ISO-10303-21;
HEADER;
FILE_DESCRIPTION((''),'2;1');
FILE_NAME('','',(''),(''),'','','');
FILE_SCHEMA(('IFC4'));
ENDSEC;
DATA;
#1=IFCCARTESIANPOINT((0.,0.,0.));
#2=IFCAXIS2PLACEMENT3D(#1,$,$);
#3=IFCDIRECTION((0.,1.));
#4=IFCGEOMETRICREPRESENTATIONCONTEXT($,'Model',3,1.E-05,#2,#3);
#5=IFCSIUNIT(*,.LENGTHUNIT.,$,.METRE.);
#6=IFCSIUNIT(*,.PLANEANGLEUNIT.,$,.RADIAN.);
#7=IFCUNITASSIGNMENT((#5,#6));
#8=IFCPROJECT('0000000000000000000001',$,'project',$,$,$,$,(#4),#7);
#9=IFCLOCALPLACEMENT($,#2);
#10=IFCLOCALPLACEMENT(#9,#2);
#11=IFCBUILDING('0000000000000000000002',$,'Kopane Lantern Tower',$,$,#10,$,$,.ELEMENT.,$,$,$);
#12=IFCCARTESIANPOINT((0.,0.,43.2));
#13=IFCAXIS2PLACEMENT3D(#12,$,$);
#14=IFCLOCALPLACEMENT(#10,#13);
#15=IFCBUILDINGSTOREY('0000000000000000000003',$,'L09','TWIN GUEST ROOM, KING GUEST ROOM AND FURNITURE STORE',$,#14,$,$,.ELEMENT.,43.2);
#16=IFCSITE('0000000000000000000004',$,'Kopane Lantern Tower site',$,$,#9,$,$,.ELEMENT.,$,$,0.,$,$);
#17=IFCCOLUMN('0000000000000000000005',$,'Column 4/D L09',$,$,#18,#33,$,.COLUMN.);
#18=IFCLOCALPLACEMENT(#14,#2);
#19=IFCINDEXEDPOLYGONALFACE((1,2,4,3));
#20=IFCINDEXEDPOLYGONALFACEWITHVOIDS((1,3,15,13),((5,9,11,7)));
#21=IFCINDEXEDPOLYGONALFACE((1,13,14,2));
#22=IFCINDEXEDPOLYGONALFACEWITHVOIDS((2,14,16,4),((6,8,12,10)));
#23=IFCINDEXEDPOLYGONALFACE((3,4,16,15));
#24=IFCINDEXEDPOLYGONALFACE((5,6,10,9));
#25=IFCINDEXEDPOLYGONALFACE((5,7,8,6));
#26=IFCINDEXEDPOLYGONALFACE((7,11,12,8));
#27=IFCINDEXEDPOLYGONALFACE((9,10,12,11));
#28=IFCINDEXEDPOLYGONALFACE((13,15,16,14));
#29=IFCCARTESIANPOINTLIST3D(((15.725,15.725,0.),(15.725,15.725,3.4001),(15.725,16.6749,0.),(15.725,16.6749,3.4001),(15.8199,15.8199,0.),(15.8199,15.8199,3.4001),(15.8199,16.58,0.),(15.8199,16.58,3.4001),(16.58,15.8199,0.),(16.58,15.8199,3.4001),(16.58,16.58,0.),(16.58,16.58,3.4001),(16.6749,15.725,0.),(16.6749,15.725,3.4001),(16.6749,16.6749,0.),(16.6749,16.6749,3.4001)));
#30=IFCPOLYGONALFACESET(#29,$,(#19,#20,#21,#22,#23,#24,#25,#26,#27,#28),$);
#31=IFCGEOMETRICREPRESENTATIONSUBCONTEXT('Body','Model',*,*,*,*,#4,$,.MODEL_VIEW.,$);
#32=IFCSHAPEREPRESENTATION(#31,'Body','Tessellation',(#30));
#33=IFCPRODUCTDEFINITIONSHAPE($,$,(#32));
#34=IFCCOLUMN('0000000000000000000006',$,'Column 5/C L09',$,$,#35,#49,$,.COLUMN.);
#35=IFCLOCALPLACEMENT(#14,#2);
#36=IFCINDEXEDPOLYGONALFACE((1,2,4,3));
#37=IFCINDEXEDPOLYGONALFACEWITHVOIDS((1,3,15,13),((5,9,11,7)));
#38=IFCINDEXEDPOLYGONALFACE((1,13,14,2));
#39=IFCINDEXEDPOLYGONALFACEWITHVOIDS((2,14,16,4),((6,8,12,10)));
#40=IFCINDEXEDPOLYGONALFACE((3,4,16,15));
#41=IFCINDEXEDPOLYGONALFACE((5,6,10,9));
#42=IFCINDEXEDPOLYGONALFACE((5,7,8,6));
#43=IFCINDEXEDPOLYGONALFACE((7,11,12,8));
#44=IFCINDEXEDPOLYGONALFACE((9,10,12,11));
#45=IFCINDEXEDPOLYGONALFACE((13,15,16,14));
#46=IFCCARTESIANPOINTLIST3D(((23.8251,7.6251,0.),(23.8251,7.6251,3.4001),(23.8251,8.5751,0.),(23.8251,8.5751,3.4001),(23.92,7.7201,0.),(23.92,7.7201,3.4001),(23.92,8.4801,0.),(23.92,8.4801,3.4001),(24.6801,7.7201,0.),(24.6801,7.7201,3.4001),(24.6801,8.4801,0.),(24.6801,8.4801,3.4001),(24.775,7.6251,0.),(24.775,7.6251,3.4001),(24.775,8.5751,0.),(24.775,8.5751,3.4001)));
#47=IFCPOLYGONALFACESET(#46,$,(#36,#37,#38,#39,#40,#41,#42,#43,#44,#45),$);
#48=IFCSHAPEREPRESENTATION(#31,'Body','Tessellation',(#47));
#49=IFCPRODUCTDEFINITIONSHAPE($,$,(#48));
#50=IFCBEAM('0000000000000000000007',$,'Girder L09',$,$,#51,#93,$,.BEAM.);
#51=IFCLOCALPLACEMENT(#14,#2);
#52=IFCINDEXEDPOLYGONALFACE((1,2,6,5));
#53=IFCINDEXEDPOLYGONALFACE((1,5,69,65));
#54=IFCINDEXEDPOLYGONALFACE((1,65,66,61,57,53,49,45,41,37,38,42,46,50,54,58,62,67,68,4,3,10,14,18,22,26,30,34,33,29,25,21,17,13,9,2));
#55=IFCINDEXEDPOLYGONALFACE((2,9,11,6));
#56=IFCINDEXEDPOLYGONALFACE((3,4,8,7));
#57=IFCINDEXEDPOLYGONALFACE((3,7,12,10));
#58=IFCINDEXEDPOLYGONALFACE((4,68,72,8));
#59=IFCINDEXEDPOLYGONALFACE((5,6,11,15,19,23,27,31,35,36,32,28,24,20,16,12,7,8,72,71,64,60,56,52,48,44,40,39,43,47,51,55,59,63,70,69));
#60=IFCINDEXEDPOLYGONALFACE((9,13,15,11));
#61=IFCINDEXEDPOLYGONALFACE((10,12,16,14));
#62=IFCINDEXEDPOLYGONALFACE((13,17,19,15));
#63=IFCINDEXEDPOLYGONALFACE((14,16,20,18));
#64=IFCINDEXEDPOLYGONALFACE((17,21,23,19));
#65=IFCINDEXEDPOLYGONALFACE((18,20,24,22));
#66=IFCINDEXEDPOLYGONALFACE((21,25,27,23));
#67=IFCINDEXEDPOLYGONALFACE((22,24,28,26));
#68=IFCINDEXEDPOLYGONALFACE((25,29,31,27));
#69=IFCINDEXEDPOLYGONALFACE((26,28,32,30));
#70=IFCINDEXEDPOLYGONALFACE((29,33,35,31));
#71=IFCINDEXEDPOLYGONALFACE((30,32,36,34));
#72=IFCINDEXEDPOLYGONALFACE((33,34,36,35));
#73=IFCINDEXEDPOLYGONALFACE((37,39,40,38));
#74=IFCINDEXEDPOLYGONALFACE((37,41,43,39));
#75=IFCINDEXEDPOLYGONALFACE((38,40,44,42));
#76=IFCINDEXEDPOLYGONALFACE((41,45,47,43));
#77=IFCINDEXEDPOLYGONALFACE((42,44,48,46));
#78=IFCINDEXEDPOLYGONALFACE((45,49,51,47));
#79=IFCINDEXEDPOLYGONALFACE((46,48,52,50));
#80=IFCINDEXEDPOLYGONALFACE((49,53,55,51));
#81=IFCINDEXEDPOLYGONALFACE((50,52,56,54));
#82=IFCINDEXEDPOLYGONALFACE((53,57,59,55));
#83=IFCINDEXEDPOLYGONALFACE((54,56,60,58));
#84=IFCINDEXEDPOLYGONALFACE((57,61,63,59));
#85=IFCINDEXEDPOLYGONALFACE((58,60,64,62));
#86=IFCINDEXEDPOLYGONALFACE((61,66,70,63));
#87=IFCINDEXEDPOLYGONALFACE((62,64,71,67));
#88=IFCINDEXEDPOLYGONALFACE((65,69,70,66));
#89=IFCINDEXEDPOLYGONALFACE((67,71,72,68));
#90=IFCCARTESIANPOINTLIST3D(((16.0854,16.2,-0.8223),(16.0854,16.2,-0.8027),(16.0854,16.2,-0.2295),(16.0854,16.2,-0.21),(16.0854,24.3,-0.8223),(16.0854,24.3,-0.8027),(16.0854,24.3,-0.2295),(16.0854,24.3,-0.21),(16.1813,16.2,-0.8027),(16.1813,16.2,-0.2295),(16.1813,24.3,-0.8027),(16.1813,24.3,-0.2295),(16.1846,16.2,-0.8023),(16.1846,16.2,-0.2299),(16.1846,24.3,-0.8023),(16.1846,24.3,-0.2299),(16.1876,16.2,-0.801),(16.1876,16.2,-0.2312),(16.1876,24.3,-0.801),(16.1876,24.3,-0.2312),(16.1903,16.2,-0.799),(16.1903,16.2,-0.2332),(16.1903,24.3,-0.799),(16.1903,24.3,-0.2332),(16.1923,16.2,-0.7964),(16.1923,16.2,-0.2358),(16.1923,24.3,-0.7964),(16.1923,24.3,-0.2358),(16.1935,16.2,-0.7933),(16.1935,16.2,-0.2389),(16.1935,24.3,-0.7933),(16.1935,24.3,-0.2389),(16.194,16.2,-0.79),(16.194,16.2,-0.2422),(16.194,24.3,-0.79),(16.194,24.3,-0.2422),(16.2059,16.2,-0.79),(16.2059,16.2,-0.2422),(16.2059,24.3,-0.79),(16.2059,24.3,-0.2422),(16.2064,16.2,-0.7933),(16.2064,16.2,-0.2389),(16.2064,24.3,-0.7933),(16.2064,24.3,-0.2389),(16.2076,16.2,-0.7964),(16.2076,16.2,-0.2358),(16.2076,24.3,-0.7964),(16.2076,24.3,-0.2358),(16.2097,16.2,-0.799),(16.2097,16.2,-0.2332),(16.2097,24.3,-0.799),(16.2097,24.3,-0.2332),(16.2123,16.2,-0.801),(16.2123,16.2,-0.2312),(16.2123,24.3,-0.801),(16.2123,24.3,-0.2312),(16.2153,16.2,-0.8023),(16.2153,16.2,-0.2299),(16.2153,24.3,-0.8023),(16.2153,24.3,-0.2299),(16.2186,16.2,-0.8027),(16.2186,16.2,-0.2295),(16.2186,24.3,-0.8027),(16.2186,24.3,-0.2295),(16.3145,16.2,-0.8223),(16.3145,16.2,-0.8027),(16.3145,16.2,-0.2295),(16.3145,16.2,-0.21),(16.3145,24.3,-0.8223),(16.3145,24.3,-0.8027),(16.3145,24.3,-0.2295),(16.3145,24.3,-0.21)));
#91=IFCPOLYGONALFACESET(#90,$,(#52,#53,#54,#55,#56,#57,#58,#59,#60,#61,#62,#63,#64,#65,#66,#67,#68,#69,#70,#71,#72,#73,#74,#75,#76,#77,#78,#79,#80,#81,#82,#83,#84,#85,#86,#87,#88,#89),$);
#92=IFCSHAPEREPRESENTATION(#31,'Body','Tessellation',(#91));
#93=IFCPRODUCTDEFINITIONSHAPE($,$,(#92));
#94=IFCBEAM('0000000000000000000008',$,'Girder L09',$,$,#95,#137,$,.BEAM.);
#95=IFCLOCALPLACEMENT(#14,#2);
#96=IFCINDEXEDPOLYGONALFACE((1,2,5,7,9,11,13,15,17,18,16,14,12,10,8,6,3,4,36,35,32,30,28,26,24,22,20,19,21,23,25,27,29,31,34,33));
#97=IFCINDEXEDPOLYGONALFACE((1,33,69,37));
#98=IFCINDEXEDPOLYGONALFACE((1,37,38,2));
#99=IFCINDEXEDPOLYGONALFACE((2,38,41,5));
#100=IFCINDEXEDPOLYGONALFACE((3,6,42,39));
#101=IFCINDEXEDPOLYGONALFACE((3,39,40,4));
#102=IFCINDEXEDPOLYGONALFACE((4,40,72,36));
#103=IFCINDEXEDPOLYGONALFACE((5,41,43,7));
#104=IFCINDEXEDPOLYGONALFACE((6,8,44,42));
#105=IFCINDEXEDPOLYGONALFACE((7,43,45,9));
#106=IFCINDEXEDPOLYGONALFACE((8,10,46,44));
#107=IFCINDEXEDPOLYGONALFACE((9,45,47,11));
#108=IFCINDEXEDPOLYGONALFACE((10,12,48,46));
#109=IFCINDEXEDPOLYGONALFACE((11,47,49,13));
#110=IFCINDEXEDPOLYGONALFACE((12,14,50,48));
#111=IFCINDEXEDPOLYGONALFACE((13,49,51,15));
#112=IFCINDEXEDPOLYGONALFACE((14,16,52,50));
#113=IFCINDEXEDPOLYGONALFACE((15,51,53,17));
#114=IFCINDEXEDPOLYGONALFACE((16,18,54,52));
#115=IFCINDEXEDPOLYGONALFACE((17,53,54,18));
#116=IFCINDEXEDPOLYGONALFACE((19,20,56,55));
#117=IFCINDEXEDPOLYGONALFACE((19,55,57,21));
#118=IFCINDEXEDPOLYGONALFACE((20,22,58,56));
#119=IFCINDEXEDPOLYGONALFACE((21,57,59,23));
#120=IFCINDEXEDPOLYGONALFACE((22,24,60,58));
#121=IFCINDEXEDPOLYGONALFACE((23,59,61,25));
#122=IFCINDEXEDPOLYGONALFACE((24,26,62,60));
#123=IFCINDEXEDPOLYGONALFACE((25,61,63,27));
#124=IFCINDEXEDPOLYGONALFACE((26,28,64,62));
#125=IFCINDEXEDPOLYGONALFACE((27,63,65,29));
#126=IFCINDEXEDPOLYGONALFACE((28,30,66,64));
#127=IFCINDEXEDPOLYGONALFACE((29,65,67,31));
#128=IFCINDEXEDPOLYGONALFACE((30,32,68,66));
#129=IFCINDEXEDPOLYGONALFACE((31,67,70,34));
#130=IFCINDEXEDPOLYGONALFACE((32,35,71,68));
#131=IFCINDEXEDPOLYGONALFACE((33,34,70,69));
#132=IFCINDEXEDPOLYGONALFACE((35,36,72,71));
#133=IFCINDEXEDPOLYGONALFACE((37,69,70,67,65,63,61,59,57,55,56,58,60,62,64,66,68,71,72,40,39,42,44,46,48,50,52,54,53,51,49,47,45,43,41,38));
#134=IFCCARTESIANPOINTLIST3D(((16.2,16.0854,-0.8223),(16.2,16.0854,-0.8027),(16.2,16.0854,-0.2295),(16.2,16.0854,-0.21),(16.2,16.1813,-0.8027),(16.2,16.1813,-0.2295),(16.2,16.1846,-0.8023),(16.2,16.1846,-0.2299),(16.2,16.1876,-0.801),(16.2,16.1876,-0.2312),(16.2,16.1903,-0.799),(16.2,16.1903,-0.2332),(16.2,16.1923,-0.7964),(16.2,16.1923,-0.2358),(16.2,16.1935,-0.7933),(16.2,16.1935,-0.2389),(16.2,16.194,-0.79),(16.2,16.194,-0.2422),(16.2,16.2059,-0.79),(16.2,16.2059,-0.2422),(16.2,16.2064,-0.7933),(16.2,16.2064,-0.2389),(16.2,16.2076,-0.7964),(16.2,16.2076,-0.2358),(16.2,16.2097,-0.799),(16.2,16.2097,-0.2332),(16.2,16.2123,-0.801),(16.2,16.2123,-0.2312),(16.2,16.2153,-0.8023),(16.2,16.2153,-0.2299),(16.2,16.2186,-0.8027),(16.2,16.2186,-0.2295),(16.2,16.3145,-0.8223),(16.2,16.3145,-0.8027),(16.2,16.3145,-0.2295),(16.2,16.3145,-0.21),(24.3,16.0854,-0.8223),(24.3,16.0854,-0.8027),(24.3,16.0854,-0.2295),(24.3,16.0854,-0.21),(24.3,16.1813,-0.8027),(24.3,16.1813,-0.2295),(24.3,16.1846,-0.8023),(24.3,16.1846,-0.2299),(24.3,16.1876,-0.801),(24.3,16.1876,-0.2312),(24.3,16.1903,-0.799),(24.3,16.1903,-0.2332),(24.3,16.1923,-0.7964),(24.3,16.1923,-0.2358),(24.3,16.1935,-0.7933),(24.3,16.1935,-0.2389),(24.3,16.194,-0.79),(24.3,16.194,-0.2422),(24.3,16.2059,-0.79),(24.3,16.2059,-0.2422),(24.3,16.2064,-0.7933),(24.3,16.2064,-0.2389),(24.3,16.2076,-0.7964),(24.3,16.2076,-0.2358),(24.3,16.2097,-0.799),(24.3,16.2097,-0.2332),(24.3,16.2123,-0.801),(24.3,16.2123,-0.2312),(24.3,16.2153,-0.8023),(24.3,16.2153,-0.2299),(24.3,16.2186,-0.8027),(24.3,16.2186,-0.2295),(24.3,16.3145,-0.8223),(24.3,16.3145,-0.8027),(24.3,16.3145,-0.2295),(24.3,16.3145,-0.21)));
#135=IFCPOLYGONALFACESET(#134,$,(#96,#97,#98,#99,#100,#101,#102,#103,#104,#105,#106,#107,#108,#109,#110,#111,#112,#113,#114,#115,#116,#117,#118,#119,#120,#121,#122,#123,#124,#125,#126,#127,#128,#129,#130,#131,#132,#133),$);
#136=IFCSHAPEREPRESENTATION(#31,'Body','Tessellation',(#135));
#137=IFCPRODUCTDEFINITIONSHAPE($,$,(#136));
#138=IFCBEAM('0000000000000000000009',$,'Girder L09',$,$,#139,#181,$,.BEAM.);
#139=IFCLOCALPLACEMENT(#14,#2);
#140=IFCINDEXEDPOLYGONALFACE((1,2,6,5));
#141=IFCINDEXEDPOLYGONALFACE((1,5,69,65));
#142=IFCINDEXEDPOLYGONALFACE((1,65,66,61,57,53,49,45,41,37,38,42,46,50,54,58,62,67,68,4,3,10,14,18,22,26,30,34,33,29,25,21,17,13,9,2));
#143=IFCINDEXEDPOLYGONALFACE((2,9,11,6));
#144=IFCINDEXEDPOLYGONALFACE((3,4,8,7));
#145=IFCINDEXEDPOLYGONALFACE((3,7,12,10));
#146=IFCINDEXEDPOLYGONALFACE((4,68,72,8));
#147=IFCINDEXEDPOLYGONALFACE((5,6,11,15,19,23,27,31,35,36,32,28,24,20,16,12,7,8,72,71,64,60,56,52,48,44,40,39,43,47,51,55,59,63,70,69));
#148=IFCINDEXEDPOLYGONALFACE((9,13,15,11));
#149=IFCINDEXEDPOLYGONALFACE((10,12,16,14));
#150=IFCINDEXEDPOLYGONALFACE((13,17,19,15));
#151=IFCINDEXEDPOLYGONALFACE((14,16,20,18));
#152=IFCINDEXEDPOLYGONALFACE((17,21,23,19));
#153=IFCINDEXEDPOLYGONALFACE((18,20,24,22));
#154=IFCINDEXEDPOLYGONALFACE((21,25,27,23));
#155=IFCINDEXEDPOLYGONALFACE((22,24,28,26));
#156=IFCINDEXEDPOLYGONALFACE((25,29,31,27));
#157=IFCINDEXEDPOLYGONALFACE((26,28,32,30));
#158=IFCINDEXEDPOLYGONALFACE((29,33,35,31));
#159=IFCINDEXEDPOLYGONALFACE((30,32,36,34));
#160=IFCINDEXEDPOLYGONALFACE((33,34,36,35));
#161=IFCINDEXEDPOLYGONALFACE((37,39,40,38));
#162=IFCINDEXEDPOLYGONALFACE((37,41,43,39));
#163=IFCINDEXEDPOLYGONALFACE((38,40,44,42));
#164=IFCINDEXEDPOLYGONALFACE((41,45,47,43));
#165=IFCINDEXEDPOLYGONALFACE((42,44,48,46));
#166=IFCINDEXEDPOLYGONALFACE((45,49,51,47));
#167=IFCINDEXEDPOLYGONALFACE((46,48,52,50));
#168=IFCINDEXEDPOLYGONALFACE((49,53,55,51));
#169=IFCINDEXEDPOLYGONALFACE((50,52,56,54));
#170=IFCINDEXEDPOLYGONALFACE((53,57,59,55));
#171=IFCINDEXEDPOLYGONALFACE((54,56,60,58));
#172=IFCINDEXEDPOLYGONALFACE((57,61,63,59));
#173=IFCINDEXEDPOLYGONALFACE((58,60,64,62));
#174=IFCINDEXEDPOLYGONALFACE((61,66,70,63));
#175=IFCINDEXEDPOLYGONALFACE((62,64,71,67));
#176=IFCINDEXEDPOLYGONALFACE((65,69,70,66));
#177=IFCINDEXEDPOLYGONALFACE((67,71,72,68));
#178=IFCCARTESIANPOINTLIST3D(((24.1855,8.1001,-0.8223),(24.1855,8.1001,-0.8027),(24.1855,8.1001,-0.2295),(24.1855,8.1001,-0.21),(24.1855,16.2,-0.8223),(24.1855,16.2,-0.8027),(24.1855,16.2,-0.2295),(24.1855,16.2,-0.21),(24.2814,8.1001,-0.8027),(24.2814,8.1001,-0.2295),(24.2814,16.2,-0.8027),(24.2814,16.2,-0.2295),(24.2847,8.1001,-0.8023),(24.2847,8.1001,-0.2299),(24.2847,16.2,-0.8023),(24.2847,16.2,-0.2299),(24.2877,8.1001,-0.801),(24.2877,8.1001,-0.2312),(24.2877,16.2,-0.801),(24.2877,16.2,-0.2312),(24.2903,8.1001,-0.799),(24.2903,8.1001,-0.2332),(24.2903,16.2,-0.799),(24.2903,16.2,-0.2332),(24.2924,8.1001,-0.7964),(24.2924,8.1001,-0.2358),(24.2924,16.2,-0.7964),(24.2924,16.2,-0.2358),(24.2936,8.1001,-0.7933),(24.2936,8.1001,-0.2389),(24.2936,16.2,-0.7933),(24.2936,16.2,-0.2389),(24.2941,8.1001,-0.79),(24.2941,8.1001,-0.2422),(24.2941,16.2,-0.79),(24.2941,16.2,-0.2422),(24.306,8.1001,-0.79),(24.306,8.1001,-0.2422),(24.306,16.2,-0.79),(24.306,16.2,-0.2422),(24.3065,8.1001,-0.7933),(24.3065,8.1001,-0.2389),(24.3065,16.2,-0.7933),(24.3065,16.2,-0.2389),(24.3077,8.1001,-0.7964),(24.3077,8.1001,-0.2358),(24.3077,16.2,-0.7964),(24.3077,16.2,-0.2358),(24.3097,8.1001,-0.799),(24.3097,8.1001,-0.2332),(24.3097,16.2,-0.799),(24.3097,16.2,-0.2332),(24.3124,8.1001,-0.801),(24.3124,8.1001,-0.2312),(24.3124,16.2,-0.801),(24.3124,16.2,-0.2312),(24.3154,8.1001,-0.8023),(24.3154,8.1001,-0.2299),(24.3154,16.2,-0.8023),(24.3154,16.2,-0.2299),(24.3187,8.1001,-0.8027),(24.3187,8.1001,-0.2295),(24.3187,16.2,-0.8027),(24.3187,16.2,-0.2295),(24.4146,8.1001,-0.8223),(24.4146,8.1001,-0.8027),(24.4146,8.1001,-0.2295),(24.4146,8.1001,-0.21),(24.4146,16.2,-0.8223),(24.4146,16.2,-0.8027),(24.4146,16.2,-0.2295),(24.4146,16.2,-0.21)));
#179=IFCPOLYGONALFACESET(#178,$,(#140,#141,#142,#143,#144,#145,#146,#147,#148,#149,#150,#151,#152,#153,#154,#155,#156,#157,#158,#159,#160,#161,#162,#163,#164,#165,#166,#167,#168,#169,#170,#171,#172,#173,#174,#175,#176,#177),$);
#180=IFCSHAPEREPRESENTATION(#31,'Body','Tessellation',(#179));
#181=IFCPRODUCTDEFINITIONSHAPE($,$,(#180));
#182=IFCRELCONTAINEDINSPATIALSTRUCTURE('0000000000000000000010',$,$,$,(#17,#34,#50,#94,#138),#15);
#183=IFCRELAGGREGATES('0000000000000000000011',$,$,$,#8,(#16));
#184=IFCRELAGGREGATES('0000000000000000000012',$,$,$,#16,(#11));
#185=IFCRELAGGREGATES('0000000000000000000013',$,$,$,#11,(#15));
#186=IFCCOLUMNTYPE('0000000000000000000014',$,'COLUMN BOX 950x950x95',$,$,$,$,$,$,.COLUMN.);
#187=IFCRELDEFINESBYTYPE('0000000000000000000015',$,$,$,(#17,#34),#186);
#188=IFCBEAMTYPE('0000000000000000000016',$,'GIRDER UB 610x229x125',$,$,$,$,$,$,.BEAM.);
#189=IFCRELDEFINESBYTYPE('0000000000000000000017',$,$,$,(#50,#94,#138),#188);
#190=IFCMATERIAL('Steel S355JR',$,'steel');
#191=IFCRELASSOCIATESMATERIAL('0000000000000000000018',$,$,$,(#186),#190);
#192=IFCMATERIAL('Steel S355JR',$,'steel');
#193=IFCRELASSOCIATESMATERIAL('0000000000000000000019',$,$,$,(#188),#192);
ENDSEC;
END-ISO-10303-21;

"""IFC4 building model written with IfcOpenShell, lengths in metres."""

from ifc_helpers import new_model, si_unit, direction, frame, origin, origin_2d, place, context, subcontext, project, spatial, hollow_rectangle, i_section, extrude, material, material_profile, profile_set, type_object, element, save


model = new_model("IFC4")

# Units and contexts
model_context = context("Model", 3, precision=1e-05, world=origin(), true_north=direction((0.0, 1.0)))
body_context = subcontext(model_context, "Body", "Model", "MODEL_VIEW")
ifc_project = project(units=[si_unit("LENGTHUNIT", "METRE"), si_unit("PLANEANGLEUNIT", "RADIAN")], contexts=[model_context])

# Site, building, storey
site_placement = place(None, origin())
site = spatial("IfcSite", under=ifc_project, at=site_placement, Name="Kopane Lantern Tower site", CompositionType="ELEMENT", RefElevation=0.0)
building_placement = place(site_placement, origin())
building = spatial("IfcBuilding", under=site, at=building_placement, Name="Kopane Lantern Tower", CompositionType="ELEMENT")
storey_placement = place(building_placement, frame((0.0, 0.0, 43.2)))
storey = spatial("IfcBuildingStorey", under=building, at=storey_placement, Name="L09", Description="TWIN GUEST ROOM, KING GUEST ROOM AND FURNITURE STORE", CompositionType="ELEMENT", Elevation=43.2)

# Columns
ifc_material_1 = material(Name="Steel S355JR", Category="steel")
ifc_material_profile_1 = material_profile(ifc_material_1, hollow_rectangle(XDim=0.95, YDim=0.95, WallThickness=0.095, at=origin_2d()), Name="BOX 950x950x95")
ifc_profile_set_1 = profile_set([ifc_material_profile_1], Name="Steel S355JR")
column_type = type_object("IfcColumnType", Name="COLUMN BOX 950x950x95", PredefinedType="COLUMN", material=ifc_profile_set_1)
for number, where, z_axis, x_axis, name in (
    (1, (16.2, 16.2, 0.0), (0.0, 0.0, 1.0), (1.0, 0.0, 0.0), "Column 4/D L09"),
    (2, (24.3, 8.1001, 0.0), (0.0, 0.0, 1.0), (1.0, 0.0, 0.0), "Column 5/C L09"),
):
    element("IfcColumn", number, at=place(storey_placement, frame(where, z_axis=z_axis, x_axis=x_axis)), inside=storey, type_object=column_type, Name=name, PredefinedType="COLUMN", context=body_context, shape_type="SweptSolid", body=[
        extrude(hollow_rectangle(XDim=0.95, YDim=0.95, WallThickness=0.095, at=origin_2d()), origin(), (0.0, 0.0, 1.0), 3.4001),
    ])

# Beams
ifc_material_2 = material(Name="Steel S355JR", Category="steel")
ifc_material_profile_2 = material_profile(ifc_material_2, i_section(OverallWidth=0.229, OverallDepth=0.6123, WebThickness=0.012, FlangeThickness=0.0195, FilletRadius=0.0127, at=origin_2d()), Name="UB 610x229x125")
ifc_profile_set_2 = profile_set([ifc_material_profile_2], Name="Steel S355JR")
beam_type = type_object("IfcBeamType", Name="GIRDER UB 610x229x125", PredefinedType="BEAM", material=ifc_profile_set_2)
for number, where, z_axis, x_axis, name in (
    (3, (16.2, 16.2, -0.5161), (0.0, 1.0, 0.0), (-1.0, 0.0, 0.0), "Girder L09"),
    (4, (16.2, 16.2, -0.5161), (1.0, 0.0, 0.0), (0.0, 1.0, 0.0), "Girder L09"),
):
    element("IfcBeam", number, at=place(storey_placement, frame(where, z_axis=z_axis, x_axis=x_axis)), inside=storey, type_object=beam_type, Name=name, PredefinedType="BEAM", context=body_context, shape_type="SweptSolid", body=[
        extrude(i_section(OverallWidth=0.229, OverallDepth=0.6123, WebThickness=0.012, FlangeThickness=0.0195, FilletRadius=0.0127, at=origin_2d()), origin(), (0.0, 0.0, 1.0), 8.1001),
    ])
for number, where, z_axis, x_axis, name in (
    (5, (24.3, 8.1001, -0.5161), (0.0, 1.0, 0.0), (-1.0, 0.0, 0.0), "Girder L09"),
):
    element("IfcBeam", number, at=place(storey_placement, frame(where, z_axis=z_axis, x_axis=x_axis)), inside=storey, type_object=beam_type, Name=name, PredefinedType="BEAM", context=body_context, shape_type="SweptSolid", body=[
        extrude(i_section(OverallWidth=0.229, OverallDepth=0.6123, WebThickness=0.012, FlangeThickness=0.0195, FilletRadius=0.0127, at=origin_2d()), origin(), (0.0, 0.0, 1.0), 8.0999),
    ])

save(model, "model.ifc")
